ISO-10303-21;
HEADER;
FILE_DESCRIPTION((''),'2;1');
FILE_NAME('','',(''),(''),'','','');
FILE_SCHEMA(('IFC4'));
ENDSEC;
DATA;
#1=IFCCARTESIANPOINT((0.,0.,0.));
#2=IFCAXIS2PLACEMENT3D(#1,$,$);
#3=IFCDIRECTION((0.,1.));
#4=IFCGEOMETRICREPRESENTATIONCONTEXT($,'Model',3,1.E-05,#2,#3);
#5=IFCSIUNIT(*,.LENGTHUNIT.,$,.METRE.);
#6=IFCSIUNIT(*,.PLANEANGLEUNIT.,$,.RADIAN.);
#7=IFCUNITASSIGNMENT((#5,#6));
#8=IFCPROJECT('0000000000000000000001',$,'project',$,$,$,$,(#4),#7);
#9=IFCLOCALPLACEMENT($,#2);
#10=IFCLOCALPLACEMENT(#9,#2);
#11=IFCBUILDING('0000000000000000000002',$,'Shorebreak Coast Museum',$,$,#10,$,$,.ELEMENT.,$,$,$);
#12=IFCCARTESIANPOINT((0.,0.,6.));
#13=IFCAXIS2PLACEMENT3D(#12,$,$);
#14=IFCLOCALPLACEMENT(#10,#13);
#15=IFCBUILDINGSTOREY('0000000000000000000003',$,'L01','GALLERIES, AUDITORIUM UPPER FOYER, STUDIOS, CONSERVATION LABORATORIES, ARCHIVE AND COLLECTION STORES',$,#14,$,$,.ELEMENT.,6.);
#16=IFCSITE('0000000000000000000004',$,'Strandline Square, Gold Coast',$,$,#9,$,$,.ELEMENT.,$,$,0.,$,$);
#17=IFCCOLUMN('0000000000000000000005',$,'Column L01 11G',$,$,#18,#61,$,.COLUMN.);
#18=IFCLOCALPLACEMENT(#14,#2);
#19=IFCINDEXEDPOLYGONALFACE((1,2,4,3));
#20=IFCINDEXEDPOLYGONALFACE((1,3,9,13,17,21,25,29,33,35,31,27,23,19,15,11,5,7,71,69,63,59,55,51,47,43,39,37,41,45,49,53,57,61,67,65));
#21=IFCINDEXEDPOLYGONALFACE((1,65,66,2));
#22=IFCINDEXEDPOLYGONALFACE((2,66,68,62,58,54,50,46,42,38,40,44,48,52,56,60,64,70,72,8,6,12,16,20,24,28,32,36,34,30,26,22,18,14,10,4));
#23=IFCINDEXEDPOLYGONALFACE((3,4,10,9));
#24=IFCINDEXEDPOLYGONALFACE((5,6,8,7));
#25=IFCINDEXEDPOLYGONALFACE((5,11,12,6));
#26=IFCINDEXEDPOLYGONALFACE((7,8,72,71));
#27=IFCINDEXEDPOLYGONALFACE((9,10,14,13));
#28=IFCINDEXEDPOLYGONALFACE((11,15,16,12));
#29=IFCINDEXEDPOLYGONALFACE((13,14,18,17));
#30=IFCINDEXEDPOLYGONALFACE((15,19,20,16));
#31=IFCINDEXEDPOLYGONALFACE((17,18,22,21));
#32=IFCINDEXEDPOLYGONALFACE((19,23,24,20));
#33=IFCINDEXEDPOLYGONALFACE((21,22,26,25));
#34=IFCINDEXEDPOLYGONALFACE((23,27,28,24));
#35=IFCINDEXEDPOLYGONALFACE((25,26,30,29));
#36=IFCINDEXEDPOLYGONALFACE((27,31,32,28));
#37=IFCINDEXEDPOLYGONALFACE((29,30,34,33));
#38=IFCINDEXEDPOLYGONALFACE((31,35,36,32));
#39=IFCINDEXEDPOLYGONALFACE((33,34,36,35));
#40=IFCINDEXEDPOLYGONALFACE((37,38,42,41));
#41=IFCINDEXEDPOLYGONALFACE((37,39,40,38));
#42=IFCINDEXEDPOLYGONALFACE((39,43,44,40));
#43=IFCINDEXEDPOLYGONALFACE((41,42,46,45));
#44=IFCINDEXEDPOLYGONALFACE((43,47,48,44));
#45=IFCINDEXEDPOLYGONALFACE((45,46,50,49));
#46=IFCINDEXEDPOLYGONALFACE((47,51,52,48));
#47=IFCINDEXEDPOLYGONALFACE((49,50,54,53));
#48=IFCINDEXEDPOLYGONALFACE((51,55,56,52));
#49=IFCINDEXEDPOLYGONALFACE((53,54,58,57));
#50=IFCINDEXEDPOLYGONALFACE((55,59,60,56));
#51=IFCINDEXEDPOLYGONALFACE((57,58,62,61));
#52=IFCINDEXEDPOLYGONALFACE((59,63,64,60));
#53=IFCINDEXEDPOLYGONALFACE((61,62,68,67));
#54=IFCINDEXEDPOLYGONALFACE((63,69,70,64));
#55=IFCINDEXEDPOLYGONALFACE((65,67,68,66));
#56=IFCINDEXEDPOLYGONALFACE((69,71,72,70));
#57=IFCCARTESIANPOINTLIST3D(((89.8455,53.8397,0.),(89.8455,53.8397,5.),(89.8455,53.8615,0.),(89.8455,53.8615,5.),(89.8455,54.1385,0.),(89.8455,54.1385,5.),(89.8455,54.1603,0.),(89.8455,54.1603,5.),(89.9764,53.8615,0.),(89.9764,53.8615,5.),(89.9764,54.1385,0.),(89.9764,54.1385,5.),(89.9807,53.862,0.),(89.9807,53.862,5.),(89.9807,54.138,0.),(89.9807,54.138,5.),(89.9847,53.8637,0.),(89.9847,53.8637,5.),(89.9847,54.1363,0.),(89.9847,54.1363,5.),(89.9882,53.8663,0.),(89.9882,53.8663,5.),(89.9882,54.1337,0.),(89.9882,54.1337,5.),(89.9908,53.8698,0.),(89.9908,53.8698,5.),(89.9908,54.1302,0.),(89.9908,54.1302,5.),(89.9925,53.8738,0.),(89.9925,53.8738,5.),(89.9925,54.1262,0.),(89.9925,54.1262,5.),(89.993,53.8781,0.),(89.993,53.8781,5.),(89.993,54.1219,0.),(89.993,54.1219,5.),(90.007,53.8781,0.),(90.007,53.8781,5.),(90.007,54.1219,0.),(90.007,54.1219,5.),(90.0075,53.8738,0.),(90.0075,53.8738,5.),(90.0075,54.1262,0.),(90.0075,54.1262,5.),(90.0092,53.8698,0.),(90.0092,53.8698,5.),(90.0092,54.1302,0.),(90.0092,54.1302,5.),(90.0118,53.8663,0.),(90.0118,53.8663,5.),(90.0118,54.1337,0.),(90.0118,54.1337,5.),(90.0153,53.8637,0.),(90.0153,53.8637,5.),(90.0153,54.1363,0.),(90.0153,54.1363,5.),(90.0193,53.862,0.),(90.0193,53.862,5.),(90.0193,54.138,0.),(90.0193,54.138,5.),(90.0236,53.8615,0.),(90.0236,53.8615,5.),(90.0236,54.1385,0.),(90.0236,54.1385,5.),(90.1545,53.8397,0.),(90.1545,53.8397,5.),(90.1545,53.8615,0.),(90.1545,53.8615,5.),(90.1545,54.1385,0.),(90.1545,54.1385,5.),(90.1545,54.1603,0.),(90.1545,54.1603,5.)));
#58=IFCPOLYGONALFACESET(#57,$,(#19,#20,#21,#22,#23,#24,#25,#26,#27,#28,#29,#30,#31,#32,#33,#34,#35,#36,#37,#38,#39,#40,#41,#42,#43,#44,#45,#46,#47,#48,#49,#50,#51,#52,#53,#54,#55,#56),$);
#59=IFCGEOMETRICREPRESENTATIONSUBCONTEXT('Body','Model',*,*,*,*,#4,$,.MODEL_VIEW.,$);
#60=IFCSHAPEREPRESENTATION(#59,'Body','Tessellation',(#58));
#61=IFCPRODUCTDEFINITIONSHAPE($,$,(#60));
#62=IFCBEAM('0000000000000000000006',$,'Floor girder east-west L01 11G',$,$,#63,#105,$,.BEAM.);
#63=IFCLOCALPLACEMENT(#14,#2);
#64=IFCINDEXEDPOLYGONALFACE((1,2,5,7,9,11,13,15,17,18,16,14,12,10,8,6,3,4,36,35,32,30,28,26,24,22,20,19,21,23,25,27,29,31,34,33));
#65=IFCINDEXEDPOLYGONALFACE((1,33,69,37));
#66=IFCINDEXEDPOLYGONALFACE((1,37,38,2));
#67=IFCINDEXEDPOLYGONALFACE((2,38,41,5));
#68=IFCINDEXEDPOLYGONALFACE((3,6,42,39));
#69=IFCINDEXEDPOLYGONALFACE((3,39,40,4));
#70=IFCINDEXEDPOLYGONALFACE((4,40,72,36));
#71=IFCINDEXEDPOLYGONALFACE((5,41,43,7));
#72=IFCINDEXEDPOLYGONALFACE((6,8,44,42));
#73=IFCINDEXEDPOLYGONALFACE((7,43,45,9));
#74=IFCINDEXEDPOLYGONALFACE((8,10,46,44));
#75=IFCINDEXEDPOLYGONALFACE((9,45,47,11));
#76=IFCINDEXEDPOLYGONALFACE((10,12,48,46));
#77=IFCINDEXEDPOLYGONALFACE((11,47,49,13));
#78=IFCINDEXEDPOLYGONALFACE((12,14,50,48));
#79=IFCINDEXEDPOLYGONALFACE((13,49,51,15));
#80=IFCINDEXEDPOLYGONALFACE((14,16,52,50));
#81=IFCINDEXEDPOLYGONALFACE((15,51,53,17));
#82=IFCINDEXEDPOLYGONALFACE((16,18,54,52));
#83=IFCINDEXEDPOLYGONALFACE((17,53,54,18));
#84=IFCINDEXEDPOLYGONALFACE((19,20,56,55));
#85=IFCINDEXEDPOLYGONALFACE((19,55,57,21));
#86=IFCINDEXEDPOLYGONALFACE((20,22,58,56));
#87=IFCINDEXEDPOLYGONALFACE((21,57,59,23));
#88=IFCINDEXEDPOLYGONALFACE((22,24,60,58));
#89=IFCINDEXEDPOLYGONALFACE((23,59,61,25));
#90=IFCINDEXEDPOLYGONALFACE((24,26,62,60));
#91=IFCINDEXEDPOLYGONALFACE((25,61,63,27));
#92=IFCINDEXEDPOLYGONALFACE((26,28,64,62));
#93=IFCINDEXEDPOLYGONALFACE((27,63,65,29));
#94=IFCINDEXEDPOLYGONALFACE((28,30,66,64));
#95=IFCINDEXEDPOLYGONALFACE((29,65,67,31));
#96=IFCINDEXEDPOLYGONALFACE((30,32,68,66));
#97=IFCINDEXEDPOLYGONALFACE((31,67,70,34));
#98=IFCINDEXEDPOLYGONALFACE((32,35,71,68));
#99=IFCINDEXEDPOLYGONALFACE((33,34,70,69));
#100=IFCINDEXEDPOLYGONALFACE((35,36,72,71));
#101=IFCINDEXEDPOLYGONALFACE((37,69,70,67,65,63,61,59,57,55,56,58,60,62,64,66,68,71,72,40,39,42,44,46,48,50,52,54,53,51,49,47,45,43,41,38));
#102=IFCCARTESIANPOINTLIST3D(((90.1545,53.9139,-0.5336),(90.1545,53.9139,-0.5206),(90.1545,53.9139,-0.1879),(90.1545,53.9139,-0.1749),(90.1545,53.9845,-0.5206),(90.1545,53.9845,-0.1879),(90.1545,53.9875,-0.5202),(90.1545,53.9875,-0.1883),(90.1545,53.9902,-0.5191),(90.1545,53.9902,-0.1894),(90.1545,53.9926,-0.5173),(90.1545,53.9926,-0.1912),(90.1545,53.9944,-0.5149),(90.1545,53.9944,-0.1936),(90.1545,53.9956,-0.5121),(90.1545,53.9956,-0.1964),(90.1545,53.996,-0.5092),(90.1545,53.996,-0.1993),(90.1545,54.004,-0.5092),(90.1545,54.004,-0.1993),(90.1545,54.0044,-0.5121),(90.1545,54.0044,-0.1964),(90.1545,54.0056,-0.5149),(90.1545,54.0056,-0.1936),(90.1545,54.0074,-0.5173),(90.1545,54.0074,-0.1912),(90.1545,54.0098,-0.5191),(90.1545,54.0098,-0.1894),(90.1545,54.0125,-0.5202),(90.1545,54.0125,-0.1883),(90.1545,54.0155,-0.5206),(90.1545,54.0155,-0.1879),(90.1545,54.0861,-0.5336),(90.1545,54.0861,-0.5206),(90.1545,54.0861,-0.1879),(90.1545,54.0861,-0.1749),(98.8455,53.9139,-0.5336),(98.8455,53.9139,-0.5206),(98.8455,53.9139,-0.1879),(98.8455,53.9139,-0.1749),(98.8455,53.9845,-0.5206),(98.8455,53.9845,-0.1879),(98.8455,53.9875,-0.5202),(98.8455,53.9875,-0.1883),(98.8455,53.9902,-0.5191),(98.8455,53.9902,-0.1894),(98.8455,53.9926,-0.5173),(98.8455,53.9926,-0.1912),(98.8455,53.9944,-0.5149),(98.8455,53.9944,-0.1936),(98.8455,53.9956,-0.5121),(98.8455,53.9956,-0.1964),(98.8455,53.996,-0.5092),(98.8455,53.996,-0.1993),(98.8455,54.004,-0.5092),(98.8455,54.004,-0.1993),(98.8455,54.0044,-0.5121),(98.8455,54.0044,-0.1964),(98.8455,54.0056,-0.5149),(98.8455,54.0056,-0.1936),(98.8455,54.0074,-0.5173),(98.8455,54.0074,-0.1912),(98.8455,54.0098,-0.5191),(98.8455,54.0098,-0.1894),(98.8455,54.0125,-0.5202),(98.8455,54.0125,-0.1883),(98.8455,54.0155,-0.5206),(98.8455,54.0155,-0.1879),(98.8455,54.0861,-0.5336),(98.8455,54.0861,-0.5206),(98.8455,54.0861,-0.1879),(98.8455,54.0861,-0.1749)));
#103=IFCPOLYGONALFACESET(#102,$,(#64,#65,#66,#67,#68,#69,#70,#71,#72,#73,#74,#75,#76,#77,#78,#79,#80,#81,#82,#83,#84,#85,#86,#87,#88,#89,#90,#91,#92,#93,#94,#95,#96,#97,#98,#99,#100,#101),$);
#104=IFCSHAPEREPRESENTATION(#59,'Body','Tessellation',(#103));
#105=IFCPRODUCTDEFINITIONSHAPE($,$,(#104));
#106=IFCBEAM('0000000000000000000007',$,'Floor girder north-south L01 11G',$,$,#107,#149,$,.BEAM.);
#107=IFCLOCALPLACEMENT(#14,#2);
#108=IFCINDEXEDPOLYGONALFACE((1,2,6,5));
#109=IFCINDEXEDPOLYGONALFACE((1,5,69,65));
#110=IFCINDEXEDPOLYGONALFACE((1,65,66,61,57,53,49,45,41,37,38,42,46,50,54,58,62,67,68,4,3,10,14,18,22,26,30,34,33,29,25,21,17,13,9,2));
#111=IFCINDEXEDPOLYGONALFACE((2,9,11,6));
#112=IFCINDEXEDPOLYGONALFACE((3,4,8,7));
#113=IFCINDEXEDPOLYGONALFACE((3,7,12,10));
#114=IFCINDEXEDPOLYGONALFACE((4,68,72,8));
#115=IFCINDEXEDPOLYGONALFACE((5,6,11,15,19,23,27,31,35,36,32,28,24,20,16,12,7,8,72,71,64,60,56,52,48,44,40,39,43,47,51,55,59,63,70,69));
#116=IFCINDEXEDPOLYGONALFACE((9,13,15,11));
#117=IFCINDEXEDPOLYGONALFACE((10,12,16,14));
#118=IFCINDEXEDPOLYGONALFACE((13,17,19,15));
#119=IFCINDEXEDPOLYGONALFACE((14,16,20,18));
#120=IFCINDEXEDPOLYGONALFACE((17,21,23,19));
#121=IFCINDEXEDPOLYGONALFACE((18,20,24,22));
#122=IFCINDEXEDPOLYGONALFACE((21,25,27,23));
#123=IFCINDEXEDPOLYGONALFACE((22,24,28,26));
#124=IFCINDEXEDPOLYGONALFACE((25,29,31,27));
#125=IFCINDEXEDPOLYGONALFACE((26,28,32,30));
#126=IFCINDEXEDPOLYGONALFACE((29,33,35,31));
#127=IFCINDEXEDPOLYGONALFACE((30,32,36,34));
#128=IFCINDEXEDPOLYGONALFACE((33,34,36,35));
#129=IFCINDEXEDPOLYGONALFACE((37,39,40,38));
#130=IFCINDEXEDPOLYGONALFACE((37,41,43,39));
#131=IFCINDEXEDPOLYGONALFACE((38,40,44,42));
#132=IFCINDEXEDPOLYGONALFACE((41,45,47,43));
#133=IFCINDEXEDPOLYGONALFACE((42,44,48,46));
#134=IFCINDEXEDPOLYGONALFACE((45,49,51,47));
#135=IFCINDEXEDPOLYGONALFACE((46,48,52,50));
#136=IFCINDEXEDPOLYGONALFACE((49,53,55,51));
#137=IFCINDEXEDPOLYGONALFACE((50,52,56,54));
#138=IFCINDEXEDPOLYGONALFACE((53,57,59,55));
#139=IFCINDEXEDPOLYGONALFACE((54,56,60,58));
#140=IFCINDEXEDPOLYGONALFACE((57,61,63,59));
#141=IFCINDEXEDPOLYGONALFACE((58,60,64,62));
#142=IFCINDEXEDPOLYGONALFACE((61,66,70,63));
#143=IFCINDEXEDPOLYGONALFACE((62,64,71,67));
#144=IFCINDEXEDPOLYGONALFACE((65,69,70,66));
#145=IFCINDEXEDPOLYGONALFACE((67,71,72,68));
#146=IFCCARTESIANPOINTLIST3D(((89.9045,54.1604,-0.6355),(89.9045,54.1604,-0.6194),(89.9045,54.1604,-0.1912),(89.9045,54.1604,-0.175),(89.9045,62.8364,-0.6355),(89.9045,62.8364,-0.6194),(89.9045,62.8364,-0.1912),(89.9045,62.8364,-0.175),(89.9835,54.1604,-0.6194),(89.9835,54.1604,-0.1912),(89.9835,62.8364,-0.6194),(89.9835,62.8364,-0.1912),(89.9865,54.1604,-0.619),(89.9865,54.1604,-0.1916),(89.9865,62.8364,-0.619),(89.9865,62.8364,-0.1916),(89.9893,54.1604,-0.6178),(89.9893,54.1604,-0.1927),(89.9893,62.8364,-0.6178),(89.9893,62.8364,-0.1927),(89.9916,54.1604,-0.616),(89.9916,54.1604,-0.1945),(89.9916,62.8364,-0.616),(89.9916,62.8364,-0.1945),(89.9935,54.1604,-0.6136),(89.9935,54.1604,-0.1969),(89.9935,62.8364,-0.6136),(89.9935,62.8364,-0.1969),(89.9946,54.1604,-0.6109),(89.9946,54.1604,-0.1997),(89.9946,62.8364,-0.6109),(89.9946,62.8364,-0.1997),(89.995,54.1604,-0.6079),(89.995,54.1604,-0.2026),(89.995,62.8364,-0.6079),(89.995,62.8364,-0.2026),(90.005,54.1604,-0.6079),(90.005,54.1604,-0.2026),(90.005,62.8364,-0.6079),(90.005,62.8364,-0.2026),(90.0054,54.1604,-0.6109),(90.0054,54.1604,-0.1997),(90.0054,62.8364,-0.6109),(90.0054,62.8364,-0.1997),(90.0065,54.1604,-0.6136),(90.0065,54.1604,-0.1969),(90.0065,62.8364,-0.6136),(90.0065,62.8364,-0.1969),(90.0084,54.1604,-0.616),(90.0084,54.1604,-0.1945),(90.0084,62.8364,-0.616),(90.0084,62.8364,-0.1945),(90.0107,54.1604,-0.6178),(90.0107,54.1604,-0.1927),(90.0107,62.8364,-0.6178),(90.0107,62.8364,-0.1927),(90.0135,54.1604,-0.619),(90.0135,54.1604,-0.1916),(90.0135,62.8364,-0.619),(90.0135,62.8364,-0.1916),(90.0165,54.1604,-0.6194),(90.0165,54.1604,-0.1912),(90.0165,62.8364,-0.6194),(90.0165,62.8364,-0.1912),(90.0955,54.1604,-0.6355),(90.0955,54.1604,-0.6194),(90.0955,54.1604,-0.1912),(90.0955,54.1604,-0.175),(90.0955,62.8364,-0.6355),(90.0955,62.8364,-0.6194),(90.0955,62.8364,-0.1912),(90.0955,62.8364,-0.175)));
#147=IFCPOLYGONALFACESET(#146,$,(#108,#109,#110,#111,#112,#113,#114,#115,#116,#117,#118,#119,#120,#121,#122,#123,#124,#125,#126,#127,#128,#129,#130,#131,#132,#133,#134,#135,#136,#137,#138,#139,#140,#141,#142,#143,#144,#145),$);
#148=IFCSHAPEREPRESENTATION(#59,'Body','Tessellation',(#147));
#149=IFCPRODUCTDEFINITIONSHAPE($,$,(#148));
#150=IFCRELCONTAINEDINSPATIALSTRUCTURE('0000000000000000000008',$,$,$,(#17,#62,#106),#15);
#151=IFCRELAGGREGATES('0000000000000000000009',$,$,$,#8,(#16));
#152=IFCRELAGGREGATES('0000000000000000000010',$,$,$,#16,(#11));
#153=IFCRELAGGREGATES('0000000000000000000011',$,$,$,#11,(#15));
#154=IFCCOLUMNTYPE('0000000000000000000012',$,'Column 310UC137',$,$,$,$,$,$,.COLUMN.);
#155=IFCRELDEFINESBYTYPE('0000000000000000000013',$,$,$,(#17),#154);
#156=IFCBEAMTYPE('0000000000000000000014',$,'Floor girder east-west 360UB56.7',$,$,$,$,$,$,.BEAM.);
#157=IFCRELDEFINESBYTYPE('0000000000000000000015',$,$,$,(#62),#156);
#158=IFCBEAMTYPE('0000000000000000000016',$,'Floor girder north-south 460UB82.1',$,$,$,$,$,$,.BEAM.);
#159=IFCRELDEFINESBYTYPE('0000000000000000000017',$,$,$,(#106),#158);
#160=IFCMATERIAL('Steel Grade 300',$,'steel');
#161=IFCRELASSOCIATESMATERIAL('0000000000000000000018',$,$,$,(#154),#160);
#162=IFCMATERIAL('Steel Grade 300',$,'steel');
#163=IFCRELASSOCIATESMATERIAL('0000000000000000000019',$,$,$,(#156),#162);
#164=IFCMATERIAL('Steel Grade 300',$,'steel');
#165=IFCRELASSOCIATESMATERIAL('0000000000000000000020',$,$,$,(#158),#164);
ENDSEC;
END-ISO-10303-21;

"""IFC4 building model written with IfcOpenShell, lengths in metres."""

from ifc_helpers import new_model, si_unit, direction, frame, origin, origin_2d, place, context, subcontext, project, spatial, i_section, extrude, material, material_profile, profile_set, type_object, element, save


model = new_model("IFC4")

# Units and contexts
model_context = context("Model", 3, precision=1e-05, world=origin(), true_north=direction((0.0, 1.0)))
body_context = subcontext(model_context, "Body", "Model", "MODEL_VIEW")
ifc_project = project(units=[si_unit("LENGTHUNIT", "METRE"), si_unit("PLANEANGLEUNIT", "RADIAN")], contexts=[model_context])

# Site, building, storey
site_placement = place(None, origin())
site = spatial("IfcSite", under=ifc_project, at=site_placement, Name="Strandline Square, Gold Coast", CompositionType="ELEMENT", RefElevation=0.0)
building_placement = place(site_placement, origin())
building = spatial("IfcBuilding", under=site, at=building_placement, Name="Shorebreak Coast Museum", CompositionType="ELEMENT")
storey_placement = place(building_placement, frame((0.0, 0.0, 6.0)))
storey = spatial("IfcBuildingStorey", under=building, at=storey_placement, Name="L01", Description="GALLERIES, AUDITORIUM UPPER FOYER, STUDIOS, CONSERVATION LABORATORIES, ARCHIVE AND COLLECTION STORES", CompositionType="ELEMENT", Elevation=6.0)

# Column
ifc_material_1 = material(Name="Steel Grade 300", Category="steel")
ifc_material_profile_1 = material_profile(ifc_material_1, i_section(OverallWidth=0.3091, OverallDepth=0.3206, WebThickness=0.0139, FlangeThickness=0.0217, FilletRadius=0.0166, at=origin_2d()), Name="310UC137")
ifc_profile_set_1 = profile_set([ifc_material_profile_1], Name="Steel Grade 300")
column_type = type_object("IfcColumnType", Name="Column 310UC137", PredefinedType="COLUMN", material=ifc_profile_set_1)
column_placement = place(storey_placement, frame((90.0, 54.0, 0.0), z_axis=(0.0, 0.0, 1.0), x_axis=(1.0, 0.0, 0.0)))
element("IfcColumn", 1, at=column_placement, inside=storey, type_object=column_type, Name="Column L01 11G", PredefinedType="COLUMN", context=body_context, shape_type="SweptSolid", body=[
    extrude(i_section(OverallWidth=0.3091, OverallDepth=0.3206, WebThickness=0.0139, FlangeThickness=0.0217, FilletRadius=0.0166, at=origin_2d()), origin(), (0.0, 0.0, 1.0), 5.0),
])

# Beams
ifc_material_2 = material(Name="Steel Grade 300", Category="steel")
ifc_material_profile_2 = material_profile(ifc_material_2, i_section(OverallWidth=0.1721, OverallDepth=0.3586, WebThickness=0.0081, FlangeThickness=0.0129, FilletRadius=0.0115, at=origin_2d()), Name="360UB56.7")
ifc_profile_set_2 = profile_set([ifc_material_profile_2], Name="Steel Grade 300")
beam_type_1 = type_object("IfcBeamType", Name="Floor girder east-west 360UB56.7", PredefinedType="BEAM", material=ifc_profile_set_2)
beam_1_placement = place(storey_placement, frame((90.1545, 54.0, -0.3542), z_axis=(1.0, 0.0, 0.0), x_axis=(0.0, 1.0, 0.0)))
element("IfcBeam", 2, at=beam_1_placement, inside=storey, type_object=beam_type_1, Name="Floor girder east-west L01 11G", PredefinedType="BEAM", context=body_context, shape_type="SweptSolid", body=[
    extrude(i_section(OverallWidth=0.1721, OverallDepth=0.3586, WebThickness=0.0081, FlangeThickness=0.0129, FilletRadius=0.0115, at=origin_2d()), origin(), (0.0, 0.0, 1.0), 8.6909),
])
ifc_material_3 = material(Name="Steel Grade 300", Category="steel")
ifc_material_profile_3 = material_profile(ifc_material_3, i_section(OverallWidth=0.1909, OverallDepth=0.4604, WebThickness=0.01, FlangeThickness=0.0161, FilletRadius=0.0115, at=origin_2d()), Name="460UB82.1")
ifc_profile_set_3 = profile_set([ifc_material_profile_3], Name="Steel Grade 300")
beam_type_2 = type_object("IfcBeamType", Name="Floor girder north-south 460UB82.1", PredefinedType="BEAM", material=ifc_profile_set_3)
beam_2_placement = place(storey_placement, frame((90.0, 54.1604, -0.4053), z_axis=(0.0, 1.0, 0.0), x_axis=(-1.0, 0.0, 0.0)))
element("IfcBeam", 3, at=beam_2_placement, inside=storey, type_object=beam_type_2, Name="Floor girder north-south L01 11G", PredefinedType="BEAM", context=body_context, shape_type="SweptSolid", body=[
    extrude(i_section(OverallWidth=0.1909, OverallDepth=0.4604, WebThickness=0.01, FlangeThickness=0.0161, FilletRadius=0.0115, at=origin_2d()), origin(), (0.0, 0.0, 1.0), 8.676),
])

save(model, "model.ifc")
